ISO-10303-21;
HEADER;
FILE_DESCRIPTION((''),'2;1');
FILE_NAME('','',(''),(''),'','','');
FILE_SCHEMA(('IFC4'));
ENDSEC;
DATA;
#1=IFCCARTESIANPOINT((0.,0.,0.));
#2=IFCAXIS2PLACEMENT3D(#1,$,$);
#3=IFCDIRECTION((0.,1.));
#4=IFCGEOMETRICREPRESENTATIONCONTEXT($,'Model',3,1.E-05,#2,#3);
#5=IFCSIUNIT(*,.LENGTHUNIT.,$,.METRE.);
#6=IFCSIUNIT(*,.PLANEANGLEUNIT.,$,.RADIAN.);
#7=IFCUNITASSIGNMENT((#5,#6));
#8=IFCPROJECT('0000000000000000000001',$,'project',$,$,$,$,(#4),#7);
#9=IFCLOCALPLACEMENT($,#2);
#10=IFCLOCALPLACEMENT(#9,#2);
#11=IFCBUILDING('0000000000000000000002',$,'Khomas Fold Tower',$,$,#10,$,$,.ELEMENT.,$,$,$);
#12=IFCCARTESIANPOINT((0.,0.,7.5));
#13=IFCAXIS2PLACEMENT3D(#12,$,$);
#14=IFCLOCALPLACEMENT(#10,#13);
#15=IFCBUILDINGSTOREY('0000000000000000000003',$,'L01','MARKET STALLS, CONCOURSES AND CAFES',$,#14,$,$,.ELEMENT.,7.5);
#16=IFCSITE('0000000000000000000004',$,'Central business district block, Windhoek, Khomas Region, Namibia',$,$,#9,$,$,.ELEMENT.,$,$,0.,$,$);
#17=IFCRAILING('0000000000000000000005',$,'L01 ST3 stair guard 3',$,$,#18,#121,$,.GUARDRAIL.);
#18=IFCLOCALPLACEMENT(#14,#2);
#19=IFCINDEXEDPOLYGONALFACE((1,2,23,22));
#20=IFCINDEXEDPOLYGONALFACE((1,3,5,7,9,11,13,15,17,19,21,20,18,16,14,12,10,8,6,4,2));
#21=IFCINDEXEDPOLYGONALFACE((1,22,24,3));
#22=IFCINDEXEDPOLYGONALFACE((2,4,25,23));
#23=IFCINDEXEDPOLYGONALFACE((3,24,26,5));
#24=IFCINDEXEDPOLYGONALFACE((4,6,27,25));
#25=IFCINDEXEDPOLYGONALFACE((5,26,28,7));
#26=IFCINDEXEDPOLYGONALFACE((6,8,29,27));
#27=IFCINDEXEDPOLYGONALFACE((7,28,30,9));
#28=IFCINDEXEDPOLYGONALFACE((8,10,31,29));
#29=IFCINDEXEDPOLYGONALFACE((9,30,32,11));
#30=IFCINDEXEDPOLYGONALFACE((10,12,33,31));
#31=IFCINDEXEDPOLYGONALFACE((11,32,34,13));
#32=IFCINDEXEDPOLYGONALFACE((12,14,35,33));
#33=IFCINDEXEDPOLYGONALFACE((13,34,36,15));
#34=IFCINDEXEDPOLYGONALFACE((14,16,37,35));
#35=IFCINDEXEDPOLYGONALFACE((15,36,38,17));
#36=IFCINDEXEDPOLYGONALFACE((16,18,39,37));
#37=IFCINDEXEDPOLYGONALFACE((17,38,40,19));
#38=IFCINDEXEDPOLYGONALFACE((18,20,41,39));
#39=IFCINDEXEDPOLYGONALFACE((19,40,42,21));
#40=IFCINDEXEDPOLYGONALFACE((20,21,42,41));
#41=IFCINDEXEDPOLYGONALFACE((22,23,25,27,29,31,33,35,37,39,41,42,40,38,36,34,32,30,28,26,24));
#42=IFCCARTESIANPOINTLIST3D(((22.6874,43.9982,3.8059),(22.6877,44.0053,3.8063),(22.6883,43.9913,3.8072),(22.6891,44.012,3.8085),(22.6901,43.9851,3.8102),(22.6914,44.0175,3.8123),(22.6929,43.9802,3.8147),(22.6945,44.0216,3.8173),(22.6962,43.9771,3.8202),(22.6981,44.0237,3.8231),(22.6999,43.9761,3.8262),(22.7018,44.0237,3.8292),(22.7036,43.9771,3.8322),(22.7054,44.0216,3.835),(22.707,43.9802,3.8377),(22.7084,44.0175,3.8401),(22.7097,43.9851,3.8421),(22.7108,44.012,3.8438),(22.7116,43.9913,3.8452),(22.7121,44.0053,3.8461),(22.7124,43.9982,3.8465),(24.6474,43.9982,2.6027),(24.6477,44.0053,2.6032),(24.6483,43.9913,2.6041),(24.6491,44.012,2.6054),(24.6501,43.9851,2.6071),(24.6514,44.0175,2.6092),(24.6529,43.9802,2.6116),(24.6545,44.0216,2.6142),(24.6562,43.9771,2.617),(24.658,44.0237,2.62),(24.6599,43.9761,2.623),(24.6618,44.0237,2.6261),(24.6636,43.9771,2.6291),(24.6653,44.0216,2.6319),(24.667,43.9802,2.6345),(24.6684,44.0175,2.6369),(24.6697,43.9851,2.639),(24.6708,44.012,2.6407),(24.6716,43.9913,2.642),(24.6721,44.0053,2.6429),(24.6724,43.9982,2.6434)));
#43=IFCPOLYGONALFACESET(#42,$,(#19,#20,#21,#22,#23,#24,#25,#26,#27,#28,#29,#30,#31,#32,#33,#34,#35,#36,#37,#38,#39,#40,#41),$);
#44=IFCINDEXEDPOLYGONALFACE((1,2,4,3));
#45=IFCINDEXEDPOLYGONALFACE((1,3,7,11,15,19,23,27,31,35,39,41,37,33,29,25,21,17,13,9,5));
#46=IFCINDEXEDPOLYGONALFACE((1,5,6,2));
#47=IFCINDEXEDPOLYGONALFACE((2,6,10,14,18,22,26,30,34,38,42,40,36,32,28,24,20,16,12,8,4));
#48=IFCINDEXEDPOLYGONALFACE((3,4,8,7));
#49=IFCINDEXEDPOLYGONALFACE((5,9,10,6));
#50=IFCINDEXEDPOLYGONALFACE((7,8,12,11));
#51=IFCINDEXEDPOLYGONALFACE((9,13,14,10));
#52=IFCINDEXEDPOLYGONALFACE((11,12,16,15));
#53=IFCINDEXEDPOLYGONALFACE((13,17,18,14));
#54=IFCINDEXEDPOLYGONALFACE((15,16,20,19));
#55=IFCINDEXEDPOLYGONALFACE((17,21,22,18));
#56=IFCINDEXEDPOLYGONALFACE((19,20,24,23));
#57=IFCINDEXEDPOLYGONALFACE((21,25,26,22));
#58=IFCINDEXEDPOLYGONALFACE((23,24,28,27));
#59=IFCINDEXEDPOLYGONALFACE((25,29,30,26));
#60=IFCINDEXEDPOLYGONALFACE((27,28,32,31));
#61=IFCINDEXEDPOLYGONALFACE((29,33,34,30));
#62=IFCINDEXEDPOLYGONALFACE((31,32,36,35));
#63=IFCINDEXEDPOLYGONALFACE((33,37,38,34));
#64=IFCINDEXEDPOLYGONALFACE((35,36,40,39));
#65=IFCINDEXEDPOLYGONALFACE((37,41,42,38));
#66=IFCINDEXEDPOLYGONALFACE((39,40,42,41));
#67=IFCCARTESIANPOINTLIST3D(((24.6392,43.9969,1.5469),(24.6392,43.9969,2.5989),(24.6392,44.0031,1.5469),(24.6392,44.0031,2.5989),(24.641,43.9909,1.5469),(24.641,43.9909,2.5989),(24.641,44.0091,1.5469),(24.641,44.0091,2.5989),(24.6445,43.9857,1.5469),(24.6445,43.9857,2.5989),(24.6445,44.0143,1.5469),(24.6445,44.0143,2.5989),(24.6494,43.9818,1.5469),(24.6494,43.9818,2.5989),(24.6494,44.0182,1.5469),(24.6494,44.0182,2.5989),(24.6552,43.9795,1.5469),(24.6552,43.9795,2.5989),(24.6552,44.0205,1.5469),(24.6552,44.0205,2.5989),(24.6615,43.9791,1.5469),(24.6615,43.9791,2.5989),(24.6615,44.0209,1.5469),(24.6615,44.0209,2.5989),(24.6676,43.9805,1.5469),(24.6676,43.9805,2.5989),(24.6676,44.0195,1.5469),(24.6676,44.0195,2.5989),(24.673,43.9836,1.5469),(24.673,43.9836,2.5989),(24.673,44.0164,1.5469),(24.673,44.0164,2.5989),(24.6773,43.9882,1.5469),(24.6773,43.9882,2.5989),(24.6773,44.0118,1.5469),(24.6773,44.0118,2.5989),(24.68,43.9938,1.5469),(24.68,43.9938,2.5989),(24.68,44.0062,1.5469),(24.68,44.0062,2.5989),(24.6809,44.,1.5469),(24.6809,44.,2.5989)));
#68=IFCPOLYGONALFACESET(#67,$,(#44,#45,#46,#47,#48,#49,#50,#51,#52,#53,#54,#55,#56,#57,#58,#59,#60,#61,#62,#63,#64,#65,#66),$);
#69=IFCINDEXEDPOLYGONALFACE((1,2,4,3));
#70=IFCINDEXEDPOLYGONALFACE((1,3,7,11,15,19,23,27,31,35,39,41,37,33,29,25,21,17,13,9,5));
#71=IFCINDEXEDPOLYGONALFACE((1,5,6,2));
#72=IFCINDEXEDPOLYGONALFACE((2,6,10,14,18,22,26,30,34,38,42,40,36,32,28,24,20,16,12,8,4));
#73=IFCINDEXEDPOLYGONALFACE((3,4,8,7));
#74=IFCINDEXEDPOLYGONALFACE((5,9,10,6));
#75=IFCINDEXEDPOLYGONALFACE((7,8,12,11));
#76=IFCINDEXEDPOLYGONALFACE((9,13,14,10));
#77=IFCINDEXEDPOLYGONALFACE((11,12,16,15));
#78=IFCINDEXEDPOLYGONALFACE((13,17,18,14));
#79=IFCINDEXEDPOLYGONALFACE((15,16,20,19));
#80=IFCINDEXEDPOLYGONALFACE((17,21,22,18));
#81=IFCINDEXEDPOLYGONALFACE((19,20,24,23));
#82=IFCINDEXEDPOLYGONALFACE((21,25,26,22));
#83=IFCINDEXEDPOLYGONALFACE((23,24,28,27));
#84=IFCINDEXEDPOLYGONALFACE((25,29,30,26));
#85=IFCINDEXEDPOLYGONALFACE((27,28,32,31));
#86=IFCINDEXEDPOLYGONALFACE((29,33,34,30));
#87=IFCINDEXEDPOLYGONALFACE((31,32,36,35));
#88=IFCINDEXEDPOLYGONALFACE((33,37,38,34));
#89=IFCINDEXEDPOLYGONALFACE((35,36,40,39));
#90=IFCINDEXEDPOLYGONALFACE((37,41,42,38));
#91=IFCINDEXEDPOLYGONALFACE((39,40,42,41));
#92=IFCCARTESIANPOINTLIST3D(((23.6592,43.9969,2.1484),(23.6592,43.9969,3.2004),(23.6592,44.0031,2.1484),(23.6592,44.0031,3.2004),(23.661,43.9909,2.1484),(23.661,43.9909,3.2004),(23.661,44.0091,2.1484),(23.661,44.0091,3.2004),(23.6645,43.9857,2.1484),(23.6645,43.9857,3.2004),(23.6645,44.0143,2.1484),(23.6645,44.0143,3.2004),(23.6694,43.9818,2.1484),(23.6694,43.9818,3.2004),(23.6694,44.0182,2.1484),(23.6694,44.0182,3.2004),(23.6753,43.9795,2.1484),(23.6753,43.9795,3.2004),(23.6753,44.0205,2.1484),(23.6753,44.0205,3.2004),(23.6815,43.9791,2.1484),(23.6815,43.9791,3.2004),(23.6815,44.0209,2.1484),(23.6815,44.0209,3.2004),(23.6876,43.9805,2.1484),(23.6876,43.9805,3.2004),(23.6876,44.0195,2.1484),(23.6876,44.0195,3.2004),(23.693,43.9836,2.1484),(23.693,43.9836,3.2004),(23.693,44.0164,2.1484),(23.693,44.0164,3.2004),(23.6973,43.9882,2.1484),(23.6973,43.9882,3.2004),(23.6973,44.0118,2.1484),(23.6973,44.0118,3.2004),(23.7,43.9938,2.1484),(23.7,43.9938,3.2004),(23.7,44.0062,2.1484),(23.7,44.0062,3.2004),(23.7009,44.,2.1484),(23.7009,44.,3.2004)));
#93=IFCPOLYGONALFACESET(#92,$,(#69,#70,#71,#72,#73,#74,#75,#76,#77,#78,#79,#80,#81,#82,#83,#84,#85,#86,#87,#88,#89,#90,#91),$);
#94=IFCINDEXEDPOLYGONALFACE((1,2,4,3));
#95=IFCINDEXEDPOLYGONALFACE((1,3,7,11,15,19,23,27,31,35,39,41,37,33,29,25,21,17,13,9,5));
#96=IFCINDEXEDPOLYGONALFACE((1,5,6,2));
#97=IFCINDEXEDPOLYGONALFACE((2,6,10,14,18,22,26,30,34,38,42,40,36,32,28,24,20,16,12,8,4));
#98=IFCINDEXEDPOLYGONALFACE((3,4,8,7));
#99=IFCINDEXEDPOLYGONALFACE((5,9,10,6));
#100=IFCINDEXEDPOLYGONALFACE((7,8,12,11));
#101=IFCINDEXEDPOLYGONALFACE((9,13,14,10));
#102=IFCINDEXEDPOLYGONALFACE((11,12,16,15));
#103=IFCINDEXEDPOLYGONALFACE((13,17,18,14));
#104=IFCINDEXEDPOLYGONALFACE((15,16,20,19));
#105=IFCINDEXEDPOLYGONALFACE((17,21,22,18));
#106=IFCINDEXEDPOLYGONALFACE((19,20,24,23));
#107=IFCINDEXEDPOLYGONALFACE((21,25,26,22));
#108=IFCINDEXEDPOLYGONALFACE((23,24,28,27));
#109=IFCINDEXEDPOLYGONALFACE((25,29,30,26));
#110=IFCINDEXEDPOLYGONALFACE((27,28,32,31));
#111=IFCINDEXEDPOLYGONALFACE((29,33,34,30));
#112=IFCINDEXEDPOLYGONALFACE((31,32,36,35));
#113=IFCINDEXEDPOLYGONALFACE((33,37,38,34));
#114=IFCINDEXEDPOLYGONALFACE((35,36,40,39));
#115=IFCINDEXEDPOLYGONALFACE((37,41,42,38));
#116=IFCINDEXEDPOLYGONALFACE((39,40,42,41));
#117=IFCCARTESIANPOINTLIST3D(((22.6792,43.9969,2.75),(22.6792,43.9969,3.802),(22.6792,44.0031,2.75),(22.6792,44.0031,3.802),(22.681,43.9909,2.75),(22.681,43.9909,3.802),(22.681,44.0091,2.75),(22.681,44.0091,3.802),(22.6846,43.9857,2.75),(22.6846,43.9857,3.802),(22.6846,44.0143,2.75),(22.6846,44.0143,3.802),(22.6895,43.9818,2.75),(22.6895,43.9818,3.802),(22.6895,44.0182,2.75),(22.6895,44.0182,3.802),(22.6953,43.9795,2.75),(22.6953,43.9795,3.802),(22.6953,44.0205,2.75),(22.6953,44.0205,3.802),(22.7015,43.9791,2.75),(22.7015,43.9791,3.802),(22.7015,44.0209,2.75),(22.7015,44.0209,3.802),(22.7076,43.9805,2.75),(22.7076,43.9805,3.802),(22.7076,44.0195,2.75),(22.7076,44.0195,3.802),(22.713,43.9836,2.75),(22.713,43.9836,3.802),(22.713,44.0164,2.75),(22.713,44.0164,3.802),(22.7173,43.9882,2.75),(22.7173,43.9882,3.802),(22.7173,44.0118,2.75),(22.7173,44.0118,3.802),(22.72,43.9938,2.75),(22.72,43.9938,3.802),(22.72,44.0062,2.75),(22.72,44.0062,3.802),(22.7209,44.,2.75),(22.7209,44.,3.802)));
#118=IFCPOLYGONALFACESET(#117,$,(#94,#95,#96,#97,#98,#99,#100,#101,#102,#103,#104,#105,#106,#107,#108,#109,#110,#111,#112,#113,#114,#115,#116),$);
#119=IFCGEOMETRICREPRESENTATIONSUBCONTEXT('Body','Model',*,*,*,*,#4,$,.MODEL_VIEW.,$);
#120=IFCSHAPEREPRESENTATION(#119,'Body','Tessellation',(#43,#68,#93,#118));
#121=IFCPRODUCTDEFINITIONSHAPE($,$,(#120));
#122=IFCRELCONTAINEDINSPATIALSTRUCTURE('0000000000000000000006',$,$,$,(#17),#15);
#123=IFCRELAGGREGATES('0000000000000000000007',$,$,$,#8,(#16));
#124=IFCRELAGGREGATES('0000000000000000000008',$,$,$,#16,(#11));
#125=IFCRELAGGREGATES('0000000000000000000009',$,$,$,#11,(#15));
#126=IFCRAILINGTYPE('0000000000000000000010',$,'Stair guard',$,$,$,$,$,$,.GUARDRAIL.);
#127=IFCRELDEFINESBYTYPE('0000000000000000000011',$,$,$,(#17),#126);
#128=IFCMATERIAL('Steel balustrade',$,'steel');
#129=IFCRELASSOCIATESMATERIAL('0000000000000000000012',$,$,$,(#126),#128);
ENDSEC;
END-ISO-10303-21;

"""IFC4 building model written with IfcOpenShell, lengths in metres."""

from ifc_helpers import new_model, si_unit, direction, frame, origin, origin_2d, place, context, subcontext, project, spatial, circle, extrude, source, transform, mapped, material, type_object, element, save


model = new_model("IFC4")

# Units and contexts
model_context = context("Model", 3, precision=1e-05, world=origin(), true_north=direction((0.0, 1.0)))
body_context = subcontext(model_context, "Body", "Model", "MODEL_VIEW")
ifc_project = project(units=[si_unit("LENGTHUNIT", "METRE"), si_unit("PLANEANGLEUNIT", "RADIAN")], contexts=[model_context])

# Site, building, storey
site_placement = place(None, origin())
site = spatial("IfcSite", under=ifc_project, at=site_placement, Name="Central business district block, Windhoek, Khomas Region, Namibia", CompositionType="ELEMENT", RefElevation=0.0)
building_placement = place(site_placement, origin())
building = spatial("IfcBuilding", under=site, at=building_placement, Name="Khomas Fold Tower", CompositionType="ELEMENT")
storey_placement = place(building_placement, frame((0.0, 0.0, 7.5)))
storey = spatial("IfcBuildingStorey", under=building, at=storey_placement, Name="L01", Description="MARKET STALLS, CONCOURSES AND CAFES", CompositionType="ELEMENT", Elevation=7.5)

# Railing
ifc_material_1 = material(Name="Steel balustrade", Category="steel")
railing_type_1 = type_object("IfcRailingType", Name="Stair guard", PredefinedType="GUARDRAIL", material=ifc_material_1)
shared_shape_1 = source(origin(), body_context, "Body", "SweptSolid", [
    extrude(circle(Radius=0.0239, at=origin_2d()), frame((0.0, 0.0, 1.0762), z_axis=(-0.852241, 0.0, 0.523149), x_axis=(0.0, -1.0, 0.0)), (0.0, 0.0, 1.0), 2.2998),
    extrude(circle(Radius=0.021, at=origin_2d()), origin(), (0.0, 0.0, 1.0), 1.052),
    extrude(circle(Radius=0.021, at=origin_2d()), frame((-0.98, 0.0, 0.6016)), (0.0, 0.0, 1.0), 1.052),
    extrude(circle(Radius=0.021, at=origin_2d()), frame((-1.96, 0.0, 1.2031)), (0.0, 0.0, 1.0), 1.052),
])
for number, where, name in (
    (1, (24.6599, 44.0, 1.5469), "L01 ST3 stair guard 3"),
):
    element("IfcRailing", number, at=place(storey_placement, frame(where)), inside=storey, type_object=railing_type_1, Name=name, PredefinedType="GUARDRAIL", context=body_context, shape_type="MappedRepresentation", body=[
        mapped(shared_shape_1, transform((0.0, 0.0, 0.0))),
    ])

save(model, "model.ifc")
